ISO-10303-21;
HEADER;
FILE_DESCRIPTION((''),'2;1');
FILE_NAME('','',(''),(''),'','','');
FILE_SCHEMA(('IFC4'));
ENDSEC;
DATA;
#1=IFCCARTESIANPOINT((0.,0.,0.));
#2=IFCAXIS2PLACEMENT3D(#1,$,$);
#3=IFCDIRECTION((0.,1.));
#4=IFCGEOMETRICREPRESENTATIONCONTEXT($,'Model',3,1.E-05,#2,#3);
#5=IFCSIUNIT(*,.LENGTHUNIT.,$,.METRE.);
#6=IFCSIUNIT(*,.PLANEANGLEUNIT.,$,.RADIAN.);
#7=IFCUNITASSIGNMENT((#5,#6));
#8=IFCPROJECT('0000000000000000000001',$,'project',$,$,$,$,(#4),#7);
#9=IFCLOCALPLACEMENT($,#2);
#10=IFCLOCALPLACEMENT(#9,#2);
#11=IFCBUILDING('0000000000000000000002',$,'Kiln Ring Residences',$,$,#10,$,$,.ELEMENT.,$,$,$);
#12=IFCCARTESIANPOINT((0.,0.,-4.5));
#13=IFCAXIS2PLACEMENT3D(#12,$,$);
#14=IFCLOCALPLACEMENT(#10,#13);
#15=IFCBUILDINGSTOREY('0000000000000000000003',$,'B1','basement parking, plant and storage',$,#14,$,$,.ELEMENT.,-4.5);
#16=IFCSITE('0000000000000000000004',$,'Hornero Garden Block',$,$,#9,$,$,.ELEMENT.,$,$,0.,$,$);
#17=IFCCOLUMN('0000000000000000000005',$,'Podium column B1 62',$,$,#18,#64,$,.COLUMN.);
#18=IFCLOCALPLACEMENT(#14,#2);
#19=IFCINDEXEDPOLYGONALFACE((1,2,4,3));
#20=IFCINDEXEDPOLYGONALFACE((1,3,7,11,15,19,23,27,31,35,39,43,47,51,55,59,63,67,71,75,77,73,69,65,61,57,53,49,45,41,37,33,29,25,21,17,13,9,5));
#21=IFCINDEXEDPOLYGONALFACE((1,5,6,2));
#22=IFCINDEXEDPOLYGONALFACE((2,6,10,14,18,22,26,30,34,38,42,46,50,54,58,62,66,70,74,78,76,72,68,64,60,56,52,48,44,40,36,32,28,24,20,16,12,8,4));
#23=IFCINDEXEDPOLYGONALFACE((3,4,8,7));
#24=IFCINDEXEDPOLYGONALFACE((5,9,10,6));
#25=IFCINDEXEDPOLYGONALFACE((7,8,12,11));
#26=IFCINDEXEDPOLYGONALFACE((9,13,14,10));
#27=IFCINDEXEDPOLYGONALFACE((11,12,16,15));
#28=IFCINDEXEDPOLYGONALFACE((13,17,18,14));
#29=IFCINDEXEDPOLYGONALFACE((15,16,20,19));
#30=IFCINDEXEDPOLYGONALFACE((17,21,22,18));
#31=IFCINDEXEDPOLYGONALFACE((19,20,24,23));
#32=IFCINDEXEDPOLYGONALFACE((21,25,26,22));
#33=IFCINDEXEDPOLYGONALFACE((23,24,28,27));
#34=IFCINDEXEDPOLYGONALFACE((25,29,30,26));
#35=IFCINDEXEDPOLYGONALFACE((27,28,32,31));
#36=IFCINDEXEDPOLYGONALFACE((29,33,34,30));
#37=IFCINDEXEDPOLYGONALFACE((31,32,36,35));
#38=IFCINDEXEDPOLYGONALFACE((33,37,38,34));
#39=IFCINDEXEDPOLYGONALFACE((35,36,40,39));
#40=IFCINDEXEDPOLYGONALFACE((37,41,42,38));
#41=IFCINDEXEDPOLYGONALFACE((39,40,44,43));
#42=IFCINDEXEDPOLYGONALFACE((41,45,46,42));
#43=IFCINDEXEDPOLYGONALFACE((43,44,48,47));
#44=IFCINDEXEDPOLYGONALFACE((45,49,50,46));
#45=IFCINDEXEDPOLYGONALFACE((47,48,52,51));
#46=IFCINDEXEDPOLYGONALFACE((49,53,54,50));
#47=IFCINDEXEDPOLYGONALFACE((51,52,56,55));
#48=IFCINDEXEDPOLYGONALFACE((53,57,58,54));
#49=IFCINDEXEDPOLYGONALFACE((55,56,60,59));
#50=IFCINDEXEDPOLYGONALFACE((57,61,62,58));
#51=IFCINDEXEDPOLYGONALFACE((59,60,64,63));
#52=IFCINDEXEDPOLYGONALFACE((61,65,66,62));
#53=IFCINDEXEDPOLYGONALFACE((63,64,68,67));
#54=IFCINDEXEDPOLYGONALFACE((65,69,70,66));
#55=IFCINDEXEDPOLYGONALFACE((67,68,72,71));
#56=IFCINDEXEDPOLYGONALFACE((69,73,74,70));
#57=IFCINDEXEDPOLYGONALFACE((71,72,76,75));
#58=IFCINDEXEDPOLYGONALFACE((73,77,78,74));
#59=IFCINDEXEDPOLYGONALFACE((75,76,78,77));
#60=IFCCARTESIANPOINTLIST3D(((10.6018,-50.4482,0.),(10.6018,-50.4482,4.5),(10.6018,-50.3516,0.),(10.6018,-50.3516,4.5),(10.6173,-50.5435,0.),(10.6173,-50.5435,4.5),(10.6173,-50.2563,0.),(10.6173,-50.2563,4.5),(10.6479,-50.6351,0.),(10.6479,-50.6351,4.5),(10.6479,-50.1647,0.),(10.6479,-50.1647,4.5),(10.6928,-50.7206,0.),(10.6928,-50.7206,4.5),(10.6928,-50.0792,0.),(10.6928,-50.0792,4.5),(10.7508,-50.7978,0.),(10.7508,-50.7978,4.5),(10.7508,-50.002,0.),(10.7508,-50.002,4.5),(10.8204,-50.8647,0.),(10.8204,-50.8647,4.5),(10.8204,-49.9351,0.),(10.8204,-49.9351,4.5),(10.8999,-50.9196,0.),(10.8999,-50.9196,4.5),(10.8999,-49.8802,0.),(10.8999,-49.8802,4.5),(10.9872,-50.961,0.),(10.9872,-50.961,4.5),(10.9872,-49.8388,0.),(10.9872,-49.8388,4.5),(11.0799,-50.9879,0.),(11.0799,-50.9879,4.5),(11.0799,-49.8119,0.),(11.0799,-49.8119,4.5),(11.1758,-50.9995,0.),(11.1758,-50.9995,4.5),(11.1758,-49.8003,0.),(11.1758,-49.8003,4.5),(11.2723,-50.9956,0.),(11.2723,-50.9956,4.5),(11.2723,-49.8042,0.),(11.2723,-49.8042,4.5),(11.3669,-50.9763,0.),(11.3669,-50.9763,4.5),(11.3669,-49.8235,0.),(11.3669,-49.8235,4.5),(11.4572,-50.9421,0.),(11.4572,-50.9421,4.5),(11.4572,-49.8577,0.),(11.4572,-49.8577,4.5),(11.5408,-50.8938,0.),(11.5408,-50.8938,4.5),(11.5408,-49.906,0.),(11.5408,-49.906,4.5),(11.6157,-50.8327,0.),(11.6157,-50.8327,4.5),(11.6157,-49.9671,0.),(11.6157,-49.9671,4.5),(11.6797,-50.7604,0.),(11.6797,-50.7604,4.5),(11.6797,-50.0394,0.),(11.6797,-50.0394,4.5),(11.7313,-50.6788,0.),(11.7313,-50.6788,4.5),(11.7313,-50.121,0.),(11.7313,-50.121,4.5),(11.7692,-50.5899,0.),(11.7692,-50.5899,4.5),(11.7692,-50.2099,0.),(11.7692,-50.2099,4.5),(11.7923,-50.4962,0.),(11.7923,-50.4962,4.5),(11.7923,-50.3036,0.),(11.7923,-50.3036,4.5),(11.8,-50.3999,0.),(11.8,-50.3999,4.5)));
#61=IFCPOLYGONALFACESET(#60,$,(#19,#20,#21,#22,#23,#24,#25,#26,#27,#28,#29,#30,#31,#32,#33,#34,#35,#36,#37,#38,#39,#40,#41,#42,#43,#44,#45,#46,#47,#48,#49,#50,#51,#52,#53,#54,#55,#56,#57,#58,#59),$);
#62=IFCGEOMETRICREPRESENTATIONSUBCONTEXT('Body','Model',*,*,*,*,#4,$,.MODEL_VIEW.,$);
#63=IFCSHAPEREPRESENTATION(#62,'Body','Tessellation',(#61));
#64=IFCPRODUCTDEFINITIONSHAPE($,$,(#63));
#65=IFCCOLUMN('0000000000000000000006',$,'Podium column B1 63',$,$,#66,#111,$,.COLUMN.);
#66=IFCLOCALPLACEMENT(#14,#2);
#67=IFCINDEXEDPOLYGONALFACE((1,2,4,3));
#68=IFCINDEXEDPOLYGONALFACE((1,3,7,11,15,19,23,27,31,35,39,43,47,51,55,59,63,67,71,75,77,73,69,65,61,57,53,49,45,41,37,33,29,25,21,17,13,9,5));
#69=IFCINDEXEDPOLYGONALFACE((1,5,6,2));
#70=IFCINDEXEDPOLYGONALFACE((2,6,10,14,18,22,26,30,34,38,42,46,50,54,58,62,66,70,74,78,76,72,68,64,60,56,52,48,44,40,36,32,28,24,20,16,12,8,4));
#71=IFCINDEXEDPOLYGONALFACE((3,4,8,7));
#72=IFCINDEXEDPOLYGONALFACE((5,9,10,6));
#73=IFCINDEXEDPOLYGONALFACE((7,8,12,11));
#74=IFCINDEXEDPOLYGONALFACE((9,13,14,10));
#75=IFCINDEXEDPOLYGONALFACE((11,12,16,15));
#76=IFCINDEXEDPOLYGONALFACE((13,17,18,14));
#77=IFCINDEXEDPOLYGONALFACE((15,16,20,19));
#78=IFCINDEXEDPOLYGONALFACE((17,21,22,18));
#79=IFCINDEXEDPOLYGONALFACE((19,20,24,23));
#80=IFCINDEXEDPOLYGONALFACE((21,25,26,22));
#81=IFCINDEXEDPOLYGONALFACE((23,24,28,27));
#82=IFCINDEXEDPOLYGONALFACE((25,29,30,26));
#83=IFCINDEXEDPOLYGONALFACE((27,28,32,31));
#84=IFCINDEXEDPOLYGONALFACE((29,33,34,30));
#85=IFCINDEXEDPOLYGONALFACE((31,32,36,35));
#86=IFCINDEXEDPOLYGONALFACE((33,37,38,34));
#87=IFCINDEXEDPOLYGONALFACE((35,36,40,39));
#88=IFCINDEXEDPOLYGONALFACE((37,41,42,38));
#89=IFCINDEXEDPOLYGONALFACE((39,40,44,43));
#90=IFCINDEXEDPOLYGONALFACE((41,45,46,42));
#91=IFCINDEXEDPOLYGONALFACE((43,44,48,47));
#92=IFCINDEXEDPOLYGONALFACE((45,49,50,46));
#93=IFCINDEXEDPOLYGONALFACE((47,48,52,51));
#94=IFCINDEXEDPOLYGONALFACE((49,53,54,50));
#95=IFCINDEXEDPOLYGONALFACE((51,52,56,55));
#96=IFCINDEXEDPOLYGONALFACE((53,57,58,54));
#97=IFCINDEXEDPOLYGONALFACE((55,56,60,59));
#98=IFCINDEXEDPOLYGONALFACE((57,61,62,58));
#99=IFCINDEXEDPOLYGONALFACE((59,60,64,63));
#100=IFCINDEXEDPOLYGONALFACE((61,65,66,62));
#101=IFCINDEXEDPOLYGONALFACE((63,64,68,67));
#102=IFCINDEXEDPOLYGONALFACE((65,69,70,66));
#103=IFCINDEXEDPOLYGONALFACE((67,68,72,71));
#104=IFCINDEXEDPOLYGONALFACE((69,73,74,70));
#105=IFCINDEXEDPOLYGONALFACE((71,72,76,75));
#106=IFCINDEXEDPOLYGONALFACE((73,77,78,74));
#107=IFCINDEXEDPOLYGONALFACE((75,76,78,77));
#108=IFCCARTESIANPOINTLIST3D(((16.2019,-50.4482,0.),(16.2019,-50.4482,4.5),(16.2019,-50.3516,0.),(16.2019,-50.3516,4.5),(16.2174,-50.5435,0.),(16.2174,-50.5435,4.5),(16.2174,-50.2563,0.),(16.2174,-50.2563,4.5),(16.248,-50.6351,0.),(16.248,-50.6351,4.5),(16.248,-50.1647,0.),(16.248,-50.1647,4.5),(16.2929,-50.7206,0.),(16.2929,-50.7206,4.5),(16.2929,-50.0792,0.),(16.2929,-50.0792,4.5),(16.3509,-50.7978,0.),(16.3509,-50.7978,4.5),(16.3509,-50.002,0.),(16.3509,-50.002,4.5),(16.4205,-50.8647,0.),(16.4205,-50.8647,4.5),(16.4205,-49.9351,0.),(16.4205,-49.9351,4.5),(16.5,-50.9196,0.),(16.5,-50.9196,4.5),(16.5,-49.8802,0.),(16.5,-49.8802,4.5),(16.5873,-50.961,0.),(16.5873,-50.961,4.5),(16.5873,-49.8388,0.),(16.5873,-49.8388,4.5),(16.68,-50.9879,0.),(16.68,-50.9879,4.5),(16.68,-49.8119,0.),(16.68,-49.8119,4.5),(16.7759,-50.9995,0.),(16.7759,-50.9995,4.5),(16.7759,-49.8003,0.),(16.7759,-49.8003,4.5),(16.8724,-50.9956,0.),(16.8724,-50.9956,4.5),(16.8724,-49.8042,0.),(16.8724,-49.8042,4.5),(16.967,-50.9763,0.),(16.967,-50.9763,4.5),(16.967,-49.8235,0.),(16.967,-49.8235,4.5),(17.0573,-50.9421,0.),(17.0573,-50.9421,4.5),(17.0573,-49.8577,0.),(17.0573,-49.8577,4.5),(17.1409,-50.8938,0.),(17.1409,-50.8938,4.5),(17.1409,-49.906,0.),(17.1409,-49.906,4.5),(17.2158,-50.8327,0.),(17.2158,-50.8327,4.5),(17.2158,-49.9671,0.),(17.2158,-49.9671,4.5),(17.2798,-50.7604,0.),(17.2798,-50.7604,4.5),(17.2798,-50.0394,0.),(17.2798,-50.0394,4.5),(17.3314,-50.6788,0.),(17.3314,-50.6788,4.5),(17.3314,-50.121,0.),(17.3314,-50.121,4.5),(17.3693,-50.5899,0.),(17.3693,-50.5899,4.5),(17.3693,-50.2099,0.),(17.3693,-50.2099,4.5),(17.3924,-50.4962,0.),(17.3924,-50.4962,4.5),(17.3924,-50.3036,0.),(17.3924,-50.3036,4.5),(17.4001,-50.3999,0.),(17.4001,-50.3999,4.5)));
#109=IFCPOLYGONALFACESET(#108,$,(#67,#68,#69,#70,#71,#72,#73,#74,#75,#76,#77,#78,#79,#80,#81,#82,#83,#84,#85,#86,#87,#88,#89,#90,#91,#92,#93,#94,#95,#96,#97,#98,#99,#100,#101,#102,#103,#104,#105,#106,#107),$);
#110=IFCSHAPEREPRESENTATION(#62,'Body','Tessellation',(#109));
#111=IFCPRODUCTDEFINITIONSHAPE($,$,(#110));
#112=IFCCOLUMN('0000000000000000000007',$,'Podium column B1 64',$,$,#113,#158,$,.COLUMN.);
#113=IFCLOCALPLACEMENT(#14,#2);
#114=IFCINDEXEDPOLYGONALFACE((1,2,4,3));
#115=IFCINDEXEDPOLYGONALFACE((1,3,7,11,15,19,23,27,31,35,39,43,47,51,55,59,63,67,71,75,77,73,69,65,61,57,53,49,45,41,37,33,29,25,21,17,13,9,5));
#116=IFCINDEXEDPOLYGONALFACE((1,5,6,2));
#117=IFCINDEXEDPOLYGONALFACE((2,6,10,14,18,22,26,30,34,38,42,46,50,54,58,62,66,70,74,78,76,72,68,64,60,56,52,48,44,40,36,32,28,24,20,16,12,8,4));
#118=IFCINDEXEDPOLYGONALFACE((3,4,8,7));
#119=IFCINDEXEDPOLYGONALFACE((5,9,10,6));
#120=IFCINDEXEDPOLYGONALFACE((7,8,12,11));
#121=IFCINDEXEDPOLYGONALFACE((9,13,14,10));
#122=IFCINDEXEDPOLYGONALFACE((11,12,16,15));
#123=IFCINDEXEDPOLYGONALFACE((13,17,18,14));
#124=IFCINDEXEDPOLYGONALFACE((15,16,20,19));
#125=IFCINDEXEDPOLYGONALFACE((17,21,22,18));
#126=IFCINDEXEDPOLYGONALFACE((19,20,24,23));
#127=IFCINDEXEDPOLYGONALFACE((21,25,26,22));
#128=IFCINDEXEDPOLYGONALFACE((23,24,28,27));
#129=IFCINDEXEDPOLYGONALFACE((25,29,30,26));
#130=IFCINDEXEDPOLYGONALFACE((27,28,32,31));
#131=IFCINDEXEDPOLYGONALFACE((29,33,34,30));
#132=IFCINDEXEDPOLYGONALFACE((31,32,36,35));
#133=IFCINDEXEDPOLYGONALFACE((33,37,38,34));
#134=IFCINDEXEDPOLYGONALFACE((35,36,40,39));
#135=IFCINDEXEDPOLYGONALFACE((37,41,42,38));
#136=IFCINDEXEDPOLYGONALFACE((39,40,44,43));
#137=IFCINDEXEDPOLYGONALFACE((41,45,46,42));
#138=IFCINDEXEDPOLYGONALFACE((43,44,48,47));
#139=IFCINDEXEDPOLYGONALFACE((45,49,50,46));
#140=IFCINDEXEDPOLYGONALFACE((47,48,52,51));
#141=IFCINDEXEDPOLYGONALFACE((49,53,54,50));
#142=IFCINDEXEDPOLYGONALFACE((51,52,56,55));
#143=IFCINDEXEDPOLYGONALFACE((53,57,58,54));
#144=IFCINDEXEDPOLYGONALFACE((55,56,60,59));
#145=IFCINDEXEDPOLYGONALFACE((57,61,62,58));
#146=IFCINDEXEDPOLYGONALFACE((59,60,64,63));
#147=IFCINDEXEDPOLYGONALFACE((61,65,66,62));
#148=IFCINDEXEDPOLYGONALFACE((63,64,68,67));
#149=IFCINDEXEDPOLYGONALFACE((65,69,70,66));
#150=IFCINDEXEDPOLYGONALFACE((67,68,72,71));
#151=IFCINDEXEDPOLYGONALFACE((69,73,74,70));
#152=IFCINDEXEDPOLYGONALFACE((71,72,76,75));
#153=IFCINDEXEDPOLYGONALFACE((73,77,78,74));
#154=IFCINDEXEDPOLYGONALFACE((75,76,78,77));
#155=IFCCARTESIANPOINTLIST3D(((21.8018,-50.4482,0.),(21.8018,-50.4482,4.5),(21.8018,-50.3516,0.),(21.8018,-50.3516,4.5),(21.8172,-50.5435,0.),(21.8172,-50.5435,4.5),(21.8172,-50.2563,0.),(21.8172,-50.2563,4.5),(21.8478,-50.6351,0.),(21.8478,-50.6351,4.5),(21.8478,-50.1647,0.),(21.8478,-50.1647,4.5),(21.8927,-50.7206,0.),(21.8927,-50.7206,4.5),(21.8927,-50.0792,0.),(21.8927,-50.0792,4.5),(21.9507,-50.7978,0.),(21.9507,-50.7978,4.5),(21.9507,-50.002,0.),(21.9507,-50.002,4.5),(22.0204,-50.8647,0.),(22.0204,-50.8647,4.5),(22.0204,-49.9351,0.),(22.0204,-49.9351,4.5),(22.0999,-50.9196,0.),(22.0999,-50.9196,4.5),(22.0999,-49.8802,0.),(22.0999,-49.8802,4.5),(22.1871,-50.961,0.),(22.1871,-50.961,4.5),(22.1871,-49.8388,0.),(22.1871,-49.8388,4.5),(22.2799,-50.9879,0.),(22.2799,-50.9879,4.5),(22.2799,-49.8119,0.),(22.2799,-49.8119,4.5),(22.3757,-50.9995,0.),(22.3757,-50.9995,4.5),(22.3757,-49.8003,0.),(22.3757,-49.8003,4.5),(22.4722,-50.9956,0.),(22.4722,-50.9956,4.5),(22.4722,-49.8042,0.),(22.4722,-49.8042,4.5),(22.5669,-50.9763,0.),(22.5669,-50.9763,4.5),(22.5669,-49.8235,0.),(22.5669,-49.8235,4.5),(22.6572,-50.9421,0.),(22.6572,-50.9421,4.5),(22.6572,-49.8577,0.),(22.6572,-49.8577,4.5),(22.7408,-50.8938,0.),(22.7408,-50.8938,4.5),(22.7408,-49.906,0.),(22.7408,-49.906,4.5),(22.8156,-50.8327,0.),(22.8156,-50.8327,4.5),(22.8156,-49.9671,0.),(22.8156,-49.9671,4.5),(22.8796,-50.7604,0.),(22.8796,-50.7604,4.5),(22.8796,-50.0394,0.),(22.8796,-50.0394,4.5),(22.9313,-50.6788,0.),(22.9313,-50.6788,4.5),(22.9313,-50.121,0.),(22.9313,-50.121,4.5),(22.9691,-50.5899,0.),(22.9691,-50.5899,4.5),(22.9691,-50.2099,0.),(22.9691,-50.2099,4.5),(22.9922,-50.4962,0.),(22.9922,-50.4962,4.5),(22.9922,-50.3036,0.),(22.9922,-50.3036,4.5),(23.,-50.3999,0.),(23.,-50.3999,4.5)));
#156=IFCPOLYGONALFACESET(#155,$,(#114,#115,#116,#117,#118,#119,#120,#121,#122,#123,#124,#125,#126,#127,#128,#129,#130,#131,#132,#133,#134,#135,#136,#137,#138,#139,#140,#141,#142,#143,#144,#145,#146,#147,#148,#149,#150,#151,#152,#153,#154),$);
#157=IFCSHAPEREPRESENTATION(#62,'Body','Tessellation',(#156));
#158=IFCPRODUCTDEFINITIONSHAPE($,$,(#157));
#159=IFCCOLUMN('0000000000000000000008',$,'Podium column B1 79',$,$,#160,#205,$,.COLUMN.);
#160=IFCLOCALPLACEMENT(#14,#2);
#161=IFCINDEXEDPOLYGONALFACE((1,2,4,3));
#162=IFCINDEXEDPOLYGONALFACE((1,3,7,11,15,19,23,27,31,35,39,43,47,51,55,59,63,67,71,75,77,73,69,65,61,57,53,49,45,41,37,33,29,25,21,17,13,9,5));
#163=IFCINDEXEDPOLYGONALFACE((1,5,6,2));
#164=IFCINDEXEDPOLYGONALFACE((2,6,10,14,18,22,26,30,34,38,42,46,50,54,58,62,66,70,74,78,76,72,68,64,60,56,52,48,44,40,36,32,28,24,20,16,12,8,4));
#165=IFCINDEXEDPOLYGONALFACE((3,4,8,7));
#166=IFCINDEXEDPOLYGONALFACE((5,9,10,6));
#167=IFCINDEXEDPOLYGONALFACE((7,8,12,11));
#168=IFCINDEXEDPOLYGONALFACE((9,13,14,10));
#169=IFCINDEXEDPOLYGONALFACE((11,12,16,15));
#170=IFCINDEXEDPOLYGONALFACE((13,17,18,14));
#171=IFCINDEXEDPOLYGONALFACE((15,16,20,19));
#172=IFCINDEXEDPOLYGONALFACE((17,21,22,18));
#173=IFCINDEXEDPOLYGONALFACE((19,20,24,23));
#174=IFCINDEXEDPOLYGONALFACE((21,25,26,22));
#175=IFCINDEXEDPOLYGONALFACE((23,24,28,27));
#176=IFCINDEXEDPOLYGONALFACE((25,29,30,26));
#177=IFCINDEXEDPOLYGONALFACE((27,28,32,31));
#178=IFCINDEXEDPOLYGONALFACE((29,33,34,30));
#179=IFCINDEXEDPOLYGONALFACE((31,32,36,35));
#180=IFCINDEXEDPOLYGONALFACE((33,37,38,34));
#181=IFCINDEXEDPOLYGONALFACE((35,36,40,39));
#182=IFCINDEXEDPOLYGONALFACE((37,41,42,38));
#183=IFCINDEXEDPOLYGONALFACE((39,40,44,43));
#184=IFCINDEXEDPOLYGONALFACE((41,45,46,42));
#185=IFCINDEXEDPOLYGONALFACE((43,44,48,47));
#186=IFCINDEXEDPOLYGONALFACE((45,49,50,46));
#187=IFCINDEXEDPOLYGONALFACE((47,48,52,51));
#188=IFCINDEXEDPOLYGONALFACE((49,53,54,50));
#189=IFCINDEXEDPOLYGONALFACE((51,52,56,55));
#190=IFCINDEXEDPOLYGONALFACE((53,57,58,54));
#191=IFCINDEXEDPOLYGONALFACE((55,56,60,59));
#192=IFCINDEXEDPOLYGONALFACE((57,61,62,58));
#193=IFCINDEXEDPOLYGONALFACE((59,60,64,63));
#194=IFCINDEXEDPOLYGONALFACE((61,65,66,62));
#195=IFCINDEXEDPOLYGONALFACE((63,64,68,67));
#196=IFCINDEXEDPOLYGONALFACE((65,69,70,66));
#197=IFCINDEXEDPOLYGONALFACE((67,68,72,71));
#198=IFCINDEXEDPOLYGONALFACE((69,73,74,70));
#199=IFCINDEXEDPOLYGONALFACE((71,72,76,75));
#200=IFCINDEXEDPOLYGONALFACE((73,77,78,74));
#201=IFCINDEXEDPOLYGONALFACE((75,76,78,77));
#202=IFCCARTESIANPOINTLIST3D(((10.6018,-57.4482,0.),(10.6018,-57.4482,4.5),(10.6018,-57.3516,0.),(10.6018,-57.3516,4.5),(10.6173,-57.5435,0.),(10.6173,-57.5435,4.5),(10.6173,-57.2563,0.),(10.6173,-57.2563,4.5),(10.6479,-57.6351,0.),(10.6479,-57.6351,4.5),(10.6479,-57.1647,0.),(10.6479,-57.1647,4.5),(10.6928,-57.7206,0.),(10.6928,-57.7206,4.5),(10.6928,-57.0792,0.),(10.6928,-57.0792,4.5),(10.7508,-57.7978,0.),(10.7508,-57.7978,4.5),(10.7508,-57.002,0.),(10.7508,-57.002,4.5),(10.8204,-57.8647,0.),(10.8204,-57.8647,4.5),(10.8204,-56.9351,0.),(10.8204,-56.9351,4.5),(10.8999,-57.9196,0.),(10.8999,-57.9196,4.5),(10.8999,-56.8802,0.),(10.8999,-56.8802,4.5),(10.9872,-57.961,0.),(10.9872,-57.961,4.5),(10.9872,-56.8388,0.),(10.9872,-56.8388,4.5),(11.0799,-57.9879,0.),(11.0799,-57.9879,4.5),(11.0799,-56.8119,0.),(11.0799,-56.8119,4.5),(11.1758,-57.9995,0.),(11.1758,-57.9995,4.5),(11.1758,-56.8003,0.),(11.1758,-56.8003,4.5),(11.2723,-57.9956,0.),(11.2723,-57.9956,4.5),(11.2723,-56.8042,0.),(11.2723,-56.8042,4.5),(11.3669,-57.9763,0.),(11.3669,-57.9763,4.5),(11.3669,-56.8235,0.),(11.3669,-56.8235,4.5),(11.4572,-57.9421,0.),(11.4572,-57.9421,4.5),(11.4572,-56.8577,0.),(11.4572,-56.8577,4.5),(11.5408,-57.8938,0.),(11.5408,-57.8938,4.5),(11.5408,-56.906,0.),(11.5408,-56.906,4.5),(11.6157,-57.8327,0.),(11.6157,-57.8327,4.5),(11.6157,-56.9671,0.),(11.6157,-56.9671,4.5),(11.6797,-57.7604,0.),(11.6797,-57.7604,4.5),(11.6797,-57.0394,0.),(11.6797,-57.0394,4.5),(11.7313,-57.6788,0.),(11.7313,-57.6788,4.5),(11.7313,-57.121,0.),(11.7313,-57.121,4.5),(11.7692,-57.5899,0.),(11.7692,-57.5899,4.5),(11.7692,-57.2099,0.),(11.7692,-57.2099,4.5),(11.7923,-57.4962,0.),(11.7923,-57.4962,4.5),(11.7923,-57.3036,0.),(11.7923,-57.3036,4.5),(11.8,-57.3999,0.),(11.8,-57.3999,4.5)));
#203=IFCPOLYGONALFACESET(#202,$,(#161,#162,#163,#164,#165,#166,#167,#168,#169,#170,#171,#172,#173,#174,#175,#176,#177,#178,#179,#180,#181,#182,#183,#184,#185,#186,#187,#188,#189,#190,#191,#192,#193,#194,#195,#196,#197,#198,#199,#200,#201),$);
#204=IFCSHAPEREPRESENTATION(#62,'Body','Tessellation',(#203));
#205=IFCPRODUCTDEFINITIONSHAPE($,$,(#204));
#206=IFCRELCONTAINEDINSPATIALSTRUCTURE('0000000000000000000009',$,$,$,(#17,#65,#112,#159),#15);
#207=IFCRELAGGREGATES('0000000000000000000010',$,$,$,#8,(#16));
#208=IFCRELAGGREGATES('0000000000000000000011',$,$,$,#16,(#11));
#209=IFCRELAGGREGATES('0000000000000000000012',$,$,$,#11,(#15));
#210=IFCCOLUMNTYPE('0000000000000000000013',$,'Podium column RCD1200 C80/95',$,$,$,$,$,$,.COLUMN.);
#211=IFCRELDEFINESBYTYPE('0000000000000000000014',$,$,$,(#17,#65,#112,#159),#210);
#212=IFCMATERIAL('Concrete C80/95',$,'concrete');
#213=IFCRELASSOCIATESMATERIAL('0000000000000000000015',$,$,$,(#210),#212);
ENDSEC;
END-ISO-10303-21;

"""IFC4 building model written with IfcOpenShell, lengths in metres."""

from ifc_helpers import new_model, si_unit, direction, frame, origin, origin_2d, place, context, subcontext, project, spatial, circle, extrude, material, material_profile, profile_set, type_object, element, save


model = new_model("IFC4")

# Units and contexts
model_context = context("Model", 3, precision=1e-05, world=origin(), true_north=direction((0.0, 1.0)))
body_context = subcontext(model_context, "Body", "Model", "MODEL_VIEW")
ifc_project = project(units=[si_unit("LENGTHUNIT", "METRE"), si_unit("PLANEANGLEUNIT", "RADIAN")], contexts=[model_context])

# Site, building, storey
site_placement = place(None, origin())
site = spatial("IfcSite", under=ifc_project, at=site_placement, Name="Hornero Garden Block", CompositionType="ELEMENT", RefElevation=0.0)
building_placement = place(site_placement, origin())
building = spatial("IfcBuilding", under=site, at=building_placement, Name="Kiln Ring Residences", CompositionType="ELEMENT")
storey_placement = place(building_placement, frame((0.0, 0.0, -4.5)))
storey = spatial("IfcBuildingStorey", under=building, at=storey_placement, Name="B1", Description="basement parking, plant and storage", CompositionType="ELEMENT", Elevation=-4.5)

# Columns
ifc_material_1 = material(Name="Concrete C80/95", Category="concrete")
ifc_material_profile_1 = material_profile(ifc_material_1, circle(Radius=0.6001, at=origin_2d()), Name="RCD1200")
ifc_profile_set_1 = profile_set([ifc_material_profile_1], Name="Concrete C80/95")
column_type = type_object("IfcColumnType", Name="Podium column RCD1200 C80/95", PredefinedType="COLUMN", material=ifc_profile_set_1)
for number, where, z_axis, x_axis, name in (
    (1, (11.2, -50.3999, 0.0), (0.0, 0.0, 1.0), (1.0, 0.0, 0.0), "Podium column B1 62"),
    (2, (16.8, -50.3999, 0.0), (0.0, 0.0, 1.0), (1.0, 0.0, 0.0), "Podium column B1 63"),
    (3, (22.3999, -50.3999, 0.0), (0.0, 0.0, 1.0), (1.0, 0.0, 0.0), "Podium column B1 64"),
    (4, (11.2, -57.3999, 0.0), (0.0, 0.0, 1.0), (1.0, 0.0, 0.0), "Podium column B1 79"),
):
    element("IfcColumn", number, at=place(storey_placement, frame(where, z_axis=z_axis, x_axis=x_axis)), inside=storey, type_object=column_type, Name=name, PredefinedType="COLUMN", context=body_context, shape_type="SweptSolid", body=[
        extrude(circle(Radius=0.6001, at=origin_2d()), origin(), (0.0, 0.0, 1.0), 4.5),
    ])

save(model, "model.ifc")
